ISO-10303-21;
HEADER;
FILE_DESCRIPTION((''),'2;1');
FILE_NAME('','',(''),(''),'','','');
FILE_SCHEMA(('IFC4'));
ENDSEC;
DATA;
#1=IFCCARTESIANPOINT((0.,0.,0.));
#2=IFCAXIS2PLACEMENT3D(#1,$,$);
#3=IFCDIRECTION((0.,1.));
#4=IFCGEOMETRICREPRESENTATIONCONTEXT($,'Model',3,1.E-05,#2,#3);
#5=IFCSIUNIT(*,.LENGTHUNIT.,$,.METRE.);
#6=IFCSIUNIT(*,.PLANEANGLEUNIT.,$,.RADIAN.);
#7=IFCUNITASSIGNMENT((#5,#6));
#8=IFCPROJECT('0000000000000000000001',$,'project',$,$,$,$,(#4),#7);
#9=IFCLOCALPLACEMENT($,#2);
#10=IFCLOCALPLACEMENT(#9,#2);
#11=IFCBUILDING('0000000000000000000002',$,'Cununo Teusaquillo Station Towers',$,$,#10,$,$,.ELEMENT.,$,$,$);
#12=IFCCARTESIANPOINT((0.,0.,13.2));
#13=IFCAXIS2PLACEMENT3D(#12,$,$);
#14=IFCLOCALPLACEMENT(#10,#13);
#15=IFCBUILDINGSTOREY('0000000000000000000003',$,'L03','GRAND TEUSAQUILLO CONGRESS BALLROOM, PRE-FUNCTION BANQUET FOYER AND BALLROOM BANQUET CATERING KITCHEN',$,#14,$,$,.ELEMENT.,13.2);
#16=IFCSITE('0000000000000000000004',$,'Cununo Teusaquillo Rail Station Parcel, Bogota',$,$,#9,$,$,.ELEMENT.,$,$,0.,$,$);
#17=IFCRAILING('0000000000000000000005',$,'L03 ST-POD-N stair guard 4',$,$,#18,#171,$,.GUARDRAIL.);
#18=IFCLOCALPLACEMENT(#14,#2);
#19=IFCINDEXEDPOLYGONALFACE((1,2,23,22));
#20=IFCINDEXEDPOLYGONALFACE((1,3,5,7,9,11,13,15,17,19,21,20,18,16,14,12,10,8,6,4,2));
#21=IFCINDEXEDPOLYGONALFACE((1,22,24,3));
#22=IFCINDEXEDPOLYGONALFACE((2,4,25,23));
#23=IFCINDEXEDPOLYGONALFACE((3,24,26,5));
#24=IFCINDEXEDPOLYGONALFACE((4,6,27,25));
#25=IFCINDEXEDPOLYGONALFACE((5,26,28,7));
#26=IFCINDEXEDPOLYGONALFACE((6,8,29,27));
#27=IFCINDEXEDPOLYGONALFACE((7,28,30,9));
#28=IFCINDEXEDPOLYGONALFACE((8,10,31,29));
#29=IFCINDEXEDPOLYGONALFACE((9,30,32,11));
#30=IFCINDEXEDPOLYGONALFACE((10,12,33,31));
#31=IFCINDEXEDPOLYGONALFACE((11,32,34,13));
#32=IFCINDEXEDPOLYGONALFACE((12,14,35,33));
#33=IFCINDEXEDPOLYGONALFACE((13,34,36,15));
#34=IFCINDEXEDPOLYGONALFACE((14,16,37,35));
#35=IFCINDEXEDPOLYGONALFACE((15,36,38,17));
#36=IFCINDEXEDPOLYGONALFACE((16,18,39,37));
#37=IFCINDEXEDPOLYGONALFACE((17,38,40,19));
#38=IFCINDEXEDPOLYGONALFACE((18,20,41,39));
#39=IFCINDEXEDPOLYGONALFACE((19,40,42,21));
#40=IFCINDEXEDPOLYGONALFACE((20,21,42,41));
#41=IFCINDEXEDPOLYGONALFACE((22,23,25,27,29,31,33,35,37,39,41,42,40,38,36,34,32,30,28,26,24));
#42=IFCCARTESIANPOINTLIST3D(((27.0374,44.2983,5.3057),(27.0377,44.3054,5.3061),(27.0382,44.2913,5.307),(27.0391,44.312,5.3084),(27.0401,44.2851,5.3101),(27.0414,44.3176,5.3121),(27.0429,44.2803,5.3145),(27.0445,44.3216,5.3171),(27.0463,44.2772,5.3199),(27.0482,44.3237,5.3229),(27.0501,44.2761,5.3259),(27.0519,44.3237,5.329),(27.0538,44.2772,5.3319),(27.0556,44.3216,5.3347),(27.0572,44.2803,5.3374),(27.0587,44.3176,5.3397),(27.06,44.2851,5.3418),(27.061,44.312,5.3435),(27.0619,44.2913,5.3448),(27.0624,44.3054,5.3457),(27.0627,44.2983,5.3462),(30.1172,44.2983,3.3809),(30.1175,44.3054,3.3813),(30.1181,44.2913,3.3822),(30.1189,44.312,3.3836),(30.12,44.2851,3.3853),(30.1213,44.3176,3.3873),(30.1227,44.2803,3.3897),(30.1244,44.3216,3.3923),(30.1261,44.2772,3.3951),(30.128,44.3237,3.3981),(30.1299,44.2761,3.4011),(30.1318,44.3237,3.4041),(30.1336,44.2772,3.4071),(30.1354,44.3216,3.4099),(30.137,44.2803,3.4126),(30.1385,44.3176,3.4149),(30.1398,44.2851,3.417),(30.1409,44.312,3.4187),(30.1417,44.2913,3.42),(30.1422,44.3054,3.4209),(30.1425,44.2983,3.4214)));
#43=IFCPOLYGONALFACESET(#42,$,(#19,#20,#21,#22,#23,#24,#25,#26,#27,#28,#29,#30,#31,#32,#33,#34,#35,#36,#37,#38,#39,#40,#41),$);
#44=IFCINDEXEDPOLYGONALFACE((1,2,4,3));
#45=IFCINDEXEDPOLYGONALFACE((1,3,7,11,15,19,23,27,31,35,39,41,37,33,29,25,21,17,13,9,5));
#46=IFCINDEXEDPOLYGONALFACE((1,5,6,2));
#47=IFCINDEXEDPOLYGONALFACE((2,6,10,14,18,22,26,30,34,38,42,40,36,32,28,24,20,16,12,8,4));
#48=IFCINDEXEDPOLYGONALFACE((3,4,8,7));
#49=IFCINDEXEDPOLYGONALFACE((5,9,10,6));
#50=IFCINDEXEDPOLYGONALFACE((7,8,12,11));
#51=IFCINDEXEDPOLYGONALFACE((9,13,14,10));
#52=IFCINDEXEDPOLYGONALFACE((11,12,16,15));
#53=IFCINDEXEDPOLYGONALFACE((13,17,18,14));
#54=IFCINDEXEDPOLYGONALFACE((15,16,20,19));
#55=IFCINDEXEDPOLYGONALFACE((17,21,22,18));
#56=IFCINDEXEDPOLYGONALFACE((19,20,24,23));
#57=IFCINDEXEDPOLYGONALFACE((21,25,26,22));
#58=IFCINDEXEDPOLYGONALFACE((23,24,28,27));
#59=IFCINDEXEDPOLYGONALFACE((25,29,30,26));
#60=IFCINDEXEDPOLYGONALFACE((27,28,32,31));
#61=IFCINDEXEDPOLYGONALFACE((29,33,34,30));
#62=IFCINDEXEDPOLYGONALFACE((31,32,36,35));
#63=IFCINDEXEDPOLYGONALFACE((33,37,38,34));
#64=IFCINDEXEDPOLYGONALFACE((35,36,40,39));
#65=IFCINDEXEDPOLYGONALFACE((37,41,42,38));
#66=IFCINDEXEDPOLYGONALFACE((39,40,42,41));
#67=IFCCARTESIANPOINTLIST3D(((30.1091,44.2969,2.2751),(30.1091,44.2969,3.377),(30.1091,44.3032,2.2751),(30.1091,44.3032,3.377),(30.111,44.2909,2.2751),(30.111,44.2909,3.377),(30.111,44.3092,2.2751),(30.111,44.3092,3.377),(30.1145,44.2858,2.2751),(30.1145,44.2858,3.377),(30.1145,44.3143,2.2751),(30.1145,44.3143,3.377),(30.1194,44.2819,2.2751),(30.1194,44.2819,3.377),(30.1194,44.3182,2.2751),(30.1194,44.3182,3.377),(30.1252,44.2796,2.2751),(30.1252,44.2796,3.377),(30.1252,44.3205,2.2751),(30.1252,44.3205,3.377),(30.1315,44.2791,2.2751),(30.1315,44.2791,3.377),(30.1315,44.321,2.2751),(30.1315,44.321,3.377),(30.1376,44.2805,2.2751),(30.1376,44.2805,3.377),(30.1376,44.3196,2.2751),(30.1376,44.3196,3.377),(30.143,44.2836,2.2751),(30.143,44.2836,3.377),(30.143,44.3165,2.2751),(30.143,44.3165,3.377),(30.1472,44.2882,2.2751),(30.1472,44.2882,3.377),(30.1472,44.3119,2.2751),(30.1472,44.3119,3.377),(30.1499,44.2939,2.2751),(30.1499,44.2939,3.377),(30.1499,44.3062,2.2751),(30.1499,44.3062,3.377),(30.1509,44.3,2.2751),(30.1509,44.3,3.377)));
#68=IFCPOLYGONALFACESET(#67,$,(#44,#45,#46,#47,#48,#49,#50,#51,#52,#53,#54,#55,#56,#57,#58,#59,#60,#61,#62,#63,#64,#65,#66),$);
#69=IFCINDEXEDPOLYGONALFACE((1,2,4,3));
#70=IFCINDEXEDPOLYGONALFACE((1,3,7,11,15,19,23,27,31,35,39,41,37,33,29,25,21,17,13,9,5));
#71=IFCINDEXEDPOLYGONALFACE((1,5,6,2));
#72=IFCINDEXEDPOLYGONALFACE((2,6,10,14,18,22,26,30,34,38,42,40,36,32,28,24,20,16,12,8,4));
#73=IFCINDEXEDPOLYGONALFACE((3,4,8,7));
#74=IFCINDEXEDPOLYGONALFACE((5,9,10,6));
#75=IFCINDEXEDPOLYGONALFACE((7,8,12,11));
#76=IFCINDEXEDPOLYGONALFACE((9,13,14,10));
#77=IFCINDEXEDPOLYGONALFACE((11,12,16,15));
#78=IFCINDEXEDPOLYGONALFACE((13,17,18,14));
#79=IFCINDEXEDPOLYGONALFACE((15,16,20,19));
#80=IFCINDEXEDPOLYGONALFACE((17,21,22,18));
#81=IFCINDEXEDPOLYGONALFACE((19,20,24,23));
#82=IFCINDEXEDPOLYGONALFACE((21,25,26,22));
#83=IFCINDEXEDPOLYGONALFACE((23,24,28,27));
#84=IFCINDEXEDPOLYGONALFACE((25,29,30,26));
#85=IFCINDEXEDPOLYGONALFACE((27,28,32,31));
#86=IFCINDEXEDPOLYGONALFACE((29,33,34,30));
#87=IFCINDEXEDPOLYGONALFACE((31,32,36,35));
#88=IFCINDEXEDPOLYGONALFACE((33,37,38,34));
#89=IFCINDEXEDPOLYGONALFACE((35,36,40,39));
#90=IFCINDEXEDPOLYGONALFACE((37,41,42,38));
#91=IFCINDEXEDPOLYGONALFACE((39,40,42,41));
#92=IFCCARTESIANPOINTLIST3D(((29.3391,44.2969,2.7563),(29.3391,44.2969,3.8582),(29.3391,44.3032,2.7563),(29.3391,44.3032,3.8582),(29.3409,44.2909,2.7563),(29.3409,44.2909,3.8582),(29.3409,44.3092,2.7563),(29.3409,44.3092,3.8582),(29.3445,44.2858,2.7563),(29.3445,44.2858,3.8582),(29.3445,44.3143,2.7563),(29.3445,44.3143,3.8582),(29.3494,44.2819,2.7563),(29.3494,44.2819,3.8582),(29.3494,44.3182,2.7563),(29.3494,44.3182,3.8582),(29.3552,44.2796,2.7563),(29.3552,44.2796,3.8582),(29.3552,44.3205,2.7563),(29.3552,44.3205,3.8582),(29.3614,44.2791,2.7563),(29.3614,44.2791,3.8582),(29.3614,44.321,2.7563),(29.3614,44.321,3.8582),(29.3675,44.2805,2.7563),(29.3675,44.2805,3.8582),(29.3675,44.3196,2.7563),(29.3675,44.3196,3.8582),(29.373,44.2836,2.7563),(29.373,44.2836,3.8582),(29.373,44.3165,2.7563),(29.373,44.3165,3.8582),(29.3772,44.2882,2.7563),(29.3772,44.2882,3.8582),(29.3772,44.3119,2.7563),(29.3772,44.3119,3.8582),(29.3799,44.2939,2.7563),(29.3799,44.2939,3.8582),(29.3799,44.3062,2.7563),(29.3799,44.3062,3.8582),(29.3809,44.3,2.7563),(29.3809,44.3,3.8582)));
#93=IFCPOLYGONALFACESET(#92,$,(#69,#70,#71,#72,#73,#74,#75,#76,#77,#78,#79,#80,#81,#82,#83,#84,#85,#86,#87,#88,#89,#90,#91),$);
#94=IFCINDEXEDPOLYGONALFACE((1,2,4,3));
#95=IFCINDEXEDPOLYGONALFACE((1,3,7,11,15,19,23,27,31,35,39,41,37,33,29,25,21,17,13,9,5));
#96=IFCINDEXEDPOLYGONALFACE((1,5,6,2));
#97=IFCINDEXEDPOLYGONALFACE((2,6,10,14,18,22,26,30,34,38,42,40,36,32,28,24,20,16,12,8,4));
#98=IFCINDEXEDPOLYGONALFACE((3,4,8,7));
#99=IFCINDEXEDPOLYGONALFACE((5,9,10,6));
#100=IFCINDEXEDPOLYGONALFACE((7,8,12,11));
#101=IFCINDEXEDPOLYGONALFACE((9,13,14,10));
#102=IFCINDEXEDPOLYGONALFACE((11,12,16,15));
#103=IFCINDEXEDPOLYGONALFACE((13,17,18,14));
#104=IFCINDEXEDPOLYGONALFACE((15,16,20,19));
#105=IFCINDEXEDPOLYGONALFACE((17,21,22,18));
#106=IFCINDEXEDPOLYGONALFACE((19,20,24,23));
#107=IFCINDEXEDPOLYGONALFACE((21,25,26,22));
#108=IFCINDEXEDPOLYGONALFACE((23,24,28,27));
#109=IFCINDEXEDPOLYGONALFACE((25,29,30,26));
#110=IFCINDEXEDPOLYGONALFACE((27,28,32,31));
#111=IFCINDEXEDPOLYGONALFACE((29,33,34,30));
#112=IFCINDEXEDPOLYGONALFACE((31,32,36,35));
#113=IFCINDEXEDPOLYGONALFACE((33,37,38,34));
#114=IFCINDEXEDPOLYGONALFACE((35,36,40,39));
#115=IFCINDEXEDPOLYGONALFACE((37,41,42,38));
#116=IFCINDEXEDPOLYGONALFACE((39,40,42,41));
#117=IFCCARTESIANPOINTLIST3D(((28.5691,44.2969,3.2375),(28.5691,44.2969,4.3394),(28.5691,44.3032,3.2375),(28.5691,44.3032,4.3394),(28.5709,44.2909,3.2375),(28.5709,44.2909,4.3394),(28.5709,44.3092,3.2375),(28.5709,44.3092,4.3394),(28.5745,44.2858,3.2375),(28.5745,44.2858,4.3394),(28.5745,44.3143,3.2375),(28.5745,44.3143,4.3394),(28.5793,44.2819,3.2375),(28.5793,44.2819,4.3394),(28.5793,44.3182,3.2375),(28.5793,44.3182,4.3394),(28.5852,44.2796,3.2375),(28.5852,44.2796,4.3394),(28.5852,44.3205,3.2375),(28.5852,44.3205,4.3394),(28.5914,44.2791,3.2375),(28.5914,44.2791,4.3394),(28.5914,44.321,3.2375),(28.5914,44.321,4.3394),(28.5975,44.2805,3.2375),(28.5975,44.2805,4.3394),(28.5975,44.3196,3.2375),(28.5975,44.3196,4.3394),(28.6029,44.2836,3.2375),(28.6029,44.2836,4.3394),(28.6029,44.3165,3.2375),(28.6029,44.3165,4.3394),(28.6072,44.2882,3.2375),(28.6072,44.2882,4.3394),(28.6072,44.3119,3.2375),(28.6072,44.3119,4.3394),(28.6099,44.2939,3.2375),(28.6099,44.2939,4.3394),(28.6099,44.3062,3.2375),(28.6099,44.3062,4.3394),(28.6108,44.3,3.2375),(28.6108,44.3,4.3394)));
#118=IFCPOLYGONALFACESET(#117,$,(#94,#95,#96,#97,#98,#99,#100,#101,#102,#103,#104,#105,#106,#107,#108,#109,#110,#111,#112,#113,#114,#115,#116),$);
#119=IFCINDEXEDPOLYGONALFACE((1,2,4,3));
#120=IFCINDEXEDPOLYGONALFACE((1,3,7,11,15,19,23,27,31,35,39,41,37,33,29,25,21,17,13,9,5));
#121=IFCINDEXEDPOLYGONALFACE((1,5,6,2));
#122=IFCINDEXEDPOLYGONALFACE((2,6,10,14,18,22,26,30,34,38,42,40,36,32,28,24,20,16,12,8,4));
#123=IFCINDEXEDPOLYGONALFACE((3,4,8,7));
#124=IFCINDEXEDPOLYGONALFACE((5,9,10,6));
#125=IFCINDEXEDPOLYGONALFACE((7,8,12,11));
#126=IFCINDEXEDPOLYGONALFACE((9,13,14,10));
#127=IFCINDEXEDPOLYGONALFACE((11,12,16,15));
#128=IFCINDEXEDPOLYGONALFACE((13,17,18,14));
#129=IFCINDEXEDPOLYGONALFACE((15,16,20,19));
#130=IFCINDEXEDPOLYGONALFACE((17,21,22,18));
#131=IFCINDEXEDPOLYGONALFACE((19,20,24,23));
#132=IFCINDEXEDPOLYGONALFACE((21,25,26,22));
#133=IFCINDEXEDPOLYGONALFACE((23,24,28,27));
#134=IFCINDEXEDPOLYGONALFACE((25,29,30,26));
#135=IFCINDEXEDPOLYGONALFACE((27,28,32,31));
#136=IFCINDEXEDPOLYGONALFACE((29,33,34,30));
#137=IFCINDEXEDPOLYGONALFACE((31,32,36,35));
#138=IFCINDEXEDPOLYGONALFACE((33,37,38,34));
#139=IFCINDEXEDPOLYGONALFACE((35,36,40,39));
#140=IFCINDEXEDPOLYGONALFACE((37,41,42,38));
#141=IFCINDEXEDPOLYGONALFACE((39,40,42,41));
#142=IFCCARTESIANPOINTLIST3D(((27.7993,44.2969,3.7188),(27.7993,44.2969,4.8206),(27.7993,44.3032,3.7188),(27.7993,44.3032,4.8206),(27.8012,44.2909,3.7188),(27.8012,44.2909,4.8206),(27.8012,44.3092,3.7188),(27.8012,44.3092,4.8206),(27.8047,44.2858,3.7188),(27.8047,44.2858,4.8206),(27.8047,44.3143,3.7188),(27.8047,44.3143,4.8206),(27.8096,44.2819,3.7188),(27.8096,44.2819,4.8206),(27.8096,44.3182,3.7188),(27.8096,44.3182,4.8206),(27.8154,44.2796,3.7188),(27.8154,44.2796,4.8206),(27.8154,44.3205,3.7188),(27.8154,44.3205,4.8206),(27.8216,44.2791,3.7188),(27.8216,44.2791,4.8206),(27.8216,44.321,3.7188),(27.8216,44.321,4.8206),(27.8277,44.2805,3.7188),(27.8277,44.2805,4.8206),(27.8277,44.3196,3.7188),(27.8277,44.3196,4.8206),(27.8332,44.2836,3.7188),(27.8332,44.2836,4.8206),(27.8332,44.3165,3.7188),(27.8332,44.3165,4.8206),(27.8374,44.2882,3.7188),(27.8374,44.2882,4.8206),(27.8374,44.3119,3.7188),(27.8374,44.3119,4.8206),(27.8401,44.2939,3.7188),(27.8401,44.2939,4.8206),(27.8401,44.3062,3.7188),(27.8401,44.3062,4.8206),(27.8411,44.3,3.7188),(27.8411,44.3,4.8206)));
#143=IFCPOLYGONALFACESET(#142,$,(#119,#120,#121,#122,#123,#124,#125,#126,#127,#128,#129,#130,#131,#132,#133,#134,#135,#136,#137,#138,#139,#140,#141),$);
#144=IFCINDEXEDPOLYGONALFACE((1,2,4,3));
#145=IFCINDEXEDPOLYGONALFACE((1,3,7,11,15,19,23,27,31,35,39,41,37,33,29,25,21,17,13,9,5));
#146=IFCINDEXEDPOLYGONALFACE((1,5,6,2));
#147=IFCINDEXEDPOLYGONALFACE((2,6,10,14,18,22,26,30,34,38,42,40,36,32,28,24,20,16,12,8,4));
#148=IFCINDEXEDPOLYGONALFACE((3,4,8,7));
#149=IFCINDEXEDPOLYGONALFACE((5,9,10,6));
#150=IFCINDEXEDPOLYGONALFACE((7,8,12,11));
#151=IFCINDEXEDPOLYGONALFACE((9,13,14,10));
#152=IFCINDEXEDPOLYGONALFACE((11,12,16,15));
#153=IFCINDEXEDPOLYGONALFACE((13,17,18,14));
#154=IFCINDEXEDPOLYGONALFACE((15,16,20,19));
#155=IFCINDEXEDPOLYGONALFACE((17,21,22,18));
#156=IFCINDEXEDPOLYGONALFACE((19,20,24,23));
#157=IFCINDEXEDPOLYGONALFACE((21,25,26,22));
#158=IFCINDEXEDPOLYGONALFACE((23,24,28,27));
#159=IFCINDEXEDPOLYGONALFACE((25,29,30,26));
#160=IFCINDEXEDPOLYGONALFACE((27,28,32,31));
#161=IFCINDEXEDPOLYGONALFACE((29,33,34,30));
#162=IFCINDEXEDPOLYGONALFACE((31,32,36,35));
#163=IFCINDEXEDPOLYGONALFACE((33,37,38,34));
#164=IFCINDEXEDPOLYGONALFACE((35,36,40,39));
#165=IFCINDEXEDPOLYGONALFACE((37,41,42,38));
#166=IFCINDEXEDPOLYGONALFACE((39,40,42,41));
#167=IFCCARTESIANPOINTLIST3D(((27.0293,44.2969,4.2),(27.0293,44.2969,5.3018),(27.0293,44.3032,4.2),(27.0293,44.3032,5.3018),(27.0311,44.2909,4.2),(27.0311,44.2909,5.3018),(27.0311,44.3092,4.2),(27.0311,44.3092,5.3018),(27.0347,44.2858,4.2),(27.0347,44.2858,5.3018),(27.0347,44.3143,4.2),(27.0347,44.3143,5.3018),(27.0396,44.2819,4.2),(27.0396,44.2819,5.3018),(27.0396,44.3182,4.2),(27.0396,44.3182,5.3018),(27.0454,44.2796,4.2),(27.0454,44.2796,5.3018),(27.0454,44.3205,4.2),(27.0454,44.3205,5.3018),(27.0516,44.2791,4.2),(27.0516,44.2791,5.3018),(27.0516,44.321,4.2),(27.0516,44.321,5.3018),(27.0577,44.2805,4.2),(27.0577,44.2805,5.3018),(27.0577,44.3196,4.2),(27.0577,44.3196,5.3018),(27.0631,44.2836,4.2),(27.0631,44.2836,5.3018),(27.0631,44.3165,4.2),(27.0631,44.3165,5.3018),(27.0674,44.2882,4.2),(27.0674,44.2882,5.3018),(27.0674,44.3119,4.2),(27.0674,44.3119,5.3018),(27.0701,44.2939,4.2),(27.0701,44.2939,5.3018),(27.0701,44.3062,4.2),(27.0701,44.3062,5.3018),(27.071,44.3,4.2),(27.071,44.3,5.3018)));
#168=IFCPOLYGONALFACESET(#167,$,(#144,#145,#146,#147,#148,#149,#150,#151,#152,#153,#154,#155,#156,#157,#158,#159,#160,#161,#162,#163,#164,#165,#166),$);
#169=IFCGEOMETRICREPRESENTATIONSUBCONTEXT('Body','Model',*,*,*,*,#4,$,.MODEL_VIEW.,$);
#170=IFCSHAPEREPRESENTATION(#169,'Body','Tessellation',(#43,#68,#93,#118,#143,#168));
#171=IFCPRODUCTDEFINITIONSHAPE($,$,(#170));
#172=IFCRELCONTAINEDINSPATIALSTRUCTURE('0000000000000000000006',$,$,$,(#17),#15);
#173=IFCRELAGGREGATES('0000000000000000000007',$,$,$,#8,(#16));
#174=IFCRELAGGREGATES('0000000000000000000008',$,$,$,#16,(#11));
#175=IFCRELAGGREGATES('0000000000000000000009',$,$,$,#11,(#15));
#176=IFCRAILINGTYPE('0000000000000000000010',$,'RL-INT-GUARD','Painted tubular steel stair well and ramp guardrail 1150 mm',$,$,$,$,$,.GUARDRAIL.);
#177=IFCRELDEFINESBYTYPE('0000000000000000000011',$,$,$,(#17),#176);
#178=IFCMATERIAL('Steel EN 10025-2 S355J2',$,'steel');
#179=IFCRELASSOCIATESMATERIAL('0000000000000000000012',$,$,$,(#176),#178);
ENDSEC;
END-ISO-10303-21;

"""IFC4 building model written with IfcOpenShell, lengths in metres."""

from ifc_helpers import new_model, si_unit, direction, frame, origin, origin_2d, place, context, subcontext, project, spatial, circle, extrude, material, type_object, element, save


model = new_model("IFC4")

# Units and contexts
model_context = context("Model", 3, precision=1e-05, world=origin(), true_north=direction((0.0, 1.0)))
body_context = subcontext(model_context, "Body", "Model", "MODEL_VIEW")
ifc_project = project(units=[si_unit("LENGTHUNIT", "METRE"), si_unit("PLANEANGLEUNIT", "RADIAN")], contexts=[model_context])

# Site, building, storey
site_placement = place(None, origin())
site = spatial("IfcSite", under=ifc_project, at=site_placement, Name="Cununo Teusaquillo Rail Station Parcel, Bogota", CompositionType="ELEMENT", RefElevation=0.0)
building_placement = place(site_placement, origin())
building = spatial("IfcBuilding", under=site, at=building_placement, Name="Cununo Teusaquillo Station Towers", CompositionType="ELEMENT")
storey_placement = place(building_placement, frame((0.0, 0.0, 13.2)))
storey = spatial("IfcBuildingStorey", under=building, at=storey_placement, Name="L03", Description="GRAND TEUSAQUILLO CONGRESS BALLROOM, PRE-FUNCTION BANQUET FOYER AND BALLROOM BANQUET CATERING KITCHEN", CompositionType="ELEMENT", Elevation=13.2)

# Railing
ifc_material_1 = material(Name="Steel EN 10025-2 S355J2", Category="steel")
railing_type_1 = type_object("IfcRailingType", Name="RL-INT-GUARD", Description="Painted tubular steel stair well and ramp guardrail 1150 mm", PredefinedType="GUARDRAIL", material=ifc_material_1)
railing_1_placement = place(storey_placement, frame((30.1299, 44.3, 2.2751)))
element("IfcRailing", 1, at=railing_1_placement, inside=storey, type_object=railing_type_1, Name="L03 ST-POD-N stair guard 4", PredefinedType="GUARDRAIL", context=body_context, shape_type="SweptSolid", body=[
    extrude(circle(Radius=0.0239, at=origin_2d()), frame((0.0, 0.0, 1.126), z_axis=(-0.84801, 0.0, 0.529981), x_axis=(0.0, -1.0, 0.0)), (0.0, 0.0, 1.0), 3.6318),
    extrude(circle(Radius=0.021, at=origin_2d()), origin(), (0.0, 0.0, 1.0), 1.1018),
    extrude(circle(Radius=0.021, at=origin_2d()), frame((-0.77, 0.0, 0.4812)), (0.0, 0.0, 1.0), 1.1018),
    extrude(circle(Radius=0.021, at=origin_2d()), frame((-1.54, 0.0, 0.9624)), (0.0, 0.0, 1.0), 1.1018),
    extrude(circle(Radius=0.021, at=origin_2d()), frame((-2.3098, 0.0, 1.4436)), (0.0, 0.0, 1.0), 1.1018),
    extrude(circle(Radius=0.021, at=origin_2d()), frame((-3.0798, 0.0, 1.9248)), (0.0, 0.0, 1.0), 1.1018),
])

save(model, "model.ifc")
